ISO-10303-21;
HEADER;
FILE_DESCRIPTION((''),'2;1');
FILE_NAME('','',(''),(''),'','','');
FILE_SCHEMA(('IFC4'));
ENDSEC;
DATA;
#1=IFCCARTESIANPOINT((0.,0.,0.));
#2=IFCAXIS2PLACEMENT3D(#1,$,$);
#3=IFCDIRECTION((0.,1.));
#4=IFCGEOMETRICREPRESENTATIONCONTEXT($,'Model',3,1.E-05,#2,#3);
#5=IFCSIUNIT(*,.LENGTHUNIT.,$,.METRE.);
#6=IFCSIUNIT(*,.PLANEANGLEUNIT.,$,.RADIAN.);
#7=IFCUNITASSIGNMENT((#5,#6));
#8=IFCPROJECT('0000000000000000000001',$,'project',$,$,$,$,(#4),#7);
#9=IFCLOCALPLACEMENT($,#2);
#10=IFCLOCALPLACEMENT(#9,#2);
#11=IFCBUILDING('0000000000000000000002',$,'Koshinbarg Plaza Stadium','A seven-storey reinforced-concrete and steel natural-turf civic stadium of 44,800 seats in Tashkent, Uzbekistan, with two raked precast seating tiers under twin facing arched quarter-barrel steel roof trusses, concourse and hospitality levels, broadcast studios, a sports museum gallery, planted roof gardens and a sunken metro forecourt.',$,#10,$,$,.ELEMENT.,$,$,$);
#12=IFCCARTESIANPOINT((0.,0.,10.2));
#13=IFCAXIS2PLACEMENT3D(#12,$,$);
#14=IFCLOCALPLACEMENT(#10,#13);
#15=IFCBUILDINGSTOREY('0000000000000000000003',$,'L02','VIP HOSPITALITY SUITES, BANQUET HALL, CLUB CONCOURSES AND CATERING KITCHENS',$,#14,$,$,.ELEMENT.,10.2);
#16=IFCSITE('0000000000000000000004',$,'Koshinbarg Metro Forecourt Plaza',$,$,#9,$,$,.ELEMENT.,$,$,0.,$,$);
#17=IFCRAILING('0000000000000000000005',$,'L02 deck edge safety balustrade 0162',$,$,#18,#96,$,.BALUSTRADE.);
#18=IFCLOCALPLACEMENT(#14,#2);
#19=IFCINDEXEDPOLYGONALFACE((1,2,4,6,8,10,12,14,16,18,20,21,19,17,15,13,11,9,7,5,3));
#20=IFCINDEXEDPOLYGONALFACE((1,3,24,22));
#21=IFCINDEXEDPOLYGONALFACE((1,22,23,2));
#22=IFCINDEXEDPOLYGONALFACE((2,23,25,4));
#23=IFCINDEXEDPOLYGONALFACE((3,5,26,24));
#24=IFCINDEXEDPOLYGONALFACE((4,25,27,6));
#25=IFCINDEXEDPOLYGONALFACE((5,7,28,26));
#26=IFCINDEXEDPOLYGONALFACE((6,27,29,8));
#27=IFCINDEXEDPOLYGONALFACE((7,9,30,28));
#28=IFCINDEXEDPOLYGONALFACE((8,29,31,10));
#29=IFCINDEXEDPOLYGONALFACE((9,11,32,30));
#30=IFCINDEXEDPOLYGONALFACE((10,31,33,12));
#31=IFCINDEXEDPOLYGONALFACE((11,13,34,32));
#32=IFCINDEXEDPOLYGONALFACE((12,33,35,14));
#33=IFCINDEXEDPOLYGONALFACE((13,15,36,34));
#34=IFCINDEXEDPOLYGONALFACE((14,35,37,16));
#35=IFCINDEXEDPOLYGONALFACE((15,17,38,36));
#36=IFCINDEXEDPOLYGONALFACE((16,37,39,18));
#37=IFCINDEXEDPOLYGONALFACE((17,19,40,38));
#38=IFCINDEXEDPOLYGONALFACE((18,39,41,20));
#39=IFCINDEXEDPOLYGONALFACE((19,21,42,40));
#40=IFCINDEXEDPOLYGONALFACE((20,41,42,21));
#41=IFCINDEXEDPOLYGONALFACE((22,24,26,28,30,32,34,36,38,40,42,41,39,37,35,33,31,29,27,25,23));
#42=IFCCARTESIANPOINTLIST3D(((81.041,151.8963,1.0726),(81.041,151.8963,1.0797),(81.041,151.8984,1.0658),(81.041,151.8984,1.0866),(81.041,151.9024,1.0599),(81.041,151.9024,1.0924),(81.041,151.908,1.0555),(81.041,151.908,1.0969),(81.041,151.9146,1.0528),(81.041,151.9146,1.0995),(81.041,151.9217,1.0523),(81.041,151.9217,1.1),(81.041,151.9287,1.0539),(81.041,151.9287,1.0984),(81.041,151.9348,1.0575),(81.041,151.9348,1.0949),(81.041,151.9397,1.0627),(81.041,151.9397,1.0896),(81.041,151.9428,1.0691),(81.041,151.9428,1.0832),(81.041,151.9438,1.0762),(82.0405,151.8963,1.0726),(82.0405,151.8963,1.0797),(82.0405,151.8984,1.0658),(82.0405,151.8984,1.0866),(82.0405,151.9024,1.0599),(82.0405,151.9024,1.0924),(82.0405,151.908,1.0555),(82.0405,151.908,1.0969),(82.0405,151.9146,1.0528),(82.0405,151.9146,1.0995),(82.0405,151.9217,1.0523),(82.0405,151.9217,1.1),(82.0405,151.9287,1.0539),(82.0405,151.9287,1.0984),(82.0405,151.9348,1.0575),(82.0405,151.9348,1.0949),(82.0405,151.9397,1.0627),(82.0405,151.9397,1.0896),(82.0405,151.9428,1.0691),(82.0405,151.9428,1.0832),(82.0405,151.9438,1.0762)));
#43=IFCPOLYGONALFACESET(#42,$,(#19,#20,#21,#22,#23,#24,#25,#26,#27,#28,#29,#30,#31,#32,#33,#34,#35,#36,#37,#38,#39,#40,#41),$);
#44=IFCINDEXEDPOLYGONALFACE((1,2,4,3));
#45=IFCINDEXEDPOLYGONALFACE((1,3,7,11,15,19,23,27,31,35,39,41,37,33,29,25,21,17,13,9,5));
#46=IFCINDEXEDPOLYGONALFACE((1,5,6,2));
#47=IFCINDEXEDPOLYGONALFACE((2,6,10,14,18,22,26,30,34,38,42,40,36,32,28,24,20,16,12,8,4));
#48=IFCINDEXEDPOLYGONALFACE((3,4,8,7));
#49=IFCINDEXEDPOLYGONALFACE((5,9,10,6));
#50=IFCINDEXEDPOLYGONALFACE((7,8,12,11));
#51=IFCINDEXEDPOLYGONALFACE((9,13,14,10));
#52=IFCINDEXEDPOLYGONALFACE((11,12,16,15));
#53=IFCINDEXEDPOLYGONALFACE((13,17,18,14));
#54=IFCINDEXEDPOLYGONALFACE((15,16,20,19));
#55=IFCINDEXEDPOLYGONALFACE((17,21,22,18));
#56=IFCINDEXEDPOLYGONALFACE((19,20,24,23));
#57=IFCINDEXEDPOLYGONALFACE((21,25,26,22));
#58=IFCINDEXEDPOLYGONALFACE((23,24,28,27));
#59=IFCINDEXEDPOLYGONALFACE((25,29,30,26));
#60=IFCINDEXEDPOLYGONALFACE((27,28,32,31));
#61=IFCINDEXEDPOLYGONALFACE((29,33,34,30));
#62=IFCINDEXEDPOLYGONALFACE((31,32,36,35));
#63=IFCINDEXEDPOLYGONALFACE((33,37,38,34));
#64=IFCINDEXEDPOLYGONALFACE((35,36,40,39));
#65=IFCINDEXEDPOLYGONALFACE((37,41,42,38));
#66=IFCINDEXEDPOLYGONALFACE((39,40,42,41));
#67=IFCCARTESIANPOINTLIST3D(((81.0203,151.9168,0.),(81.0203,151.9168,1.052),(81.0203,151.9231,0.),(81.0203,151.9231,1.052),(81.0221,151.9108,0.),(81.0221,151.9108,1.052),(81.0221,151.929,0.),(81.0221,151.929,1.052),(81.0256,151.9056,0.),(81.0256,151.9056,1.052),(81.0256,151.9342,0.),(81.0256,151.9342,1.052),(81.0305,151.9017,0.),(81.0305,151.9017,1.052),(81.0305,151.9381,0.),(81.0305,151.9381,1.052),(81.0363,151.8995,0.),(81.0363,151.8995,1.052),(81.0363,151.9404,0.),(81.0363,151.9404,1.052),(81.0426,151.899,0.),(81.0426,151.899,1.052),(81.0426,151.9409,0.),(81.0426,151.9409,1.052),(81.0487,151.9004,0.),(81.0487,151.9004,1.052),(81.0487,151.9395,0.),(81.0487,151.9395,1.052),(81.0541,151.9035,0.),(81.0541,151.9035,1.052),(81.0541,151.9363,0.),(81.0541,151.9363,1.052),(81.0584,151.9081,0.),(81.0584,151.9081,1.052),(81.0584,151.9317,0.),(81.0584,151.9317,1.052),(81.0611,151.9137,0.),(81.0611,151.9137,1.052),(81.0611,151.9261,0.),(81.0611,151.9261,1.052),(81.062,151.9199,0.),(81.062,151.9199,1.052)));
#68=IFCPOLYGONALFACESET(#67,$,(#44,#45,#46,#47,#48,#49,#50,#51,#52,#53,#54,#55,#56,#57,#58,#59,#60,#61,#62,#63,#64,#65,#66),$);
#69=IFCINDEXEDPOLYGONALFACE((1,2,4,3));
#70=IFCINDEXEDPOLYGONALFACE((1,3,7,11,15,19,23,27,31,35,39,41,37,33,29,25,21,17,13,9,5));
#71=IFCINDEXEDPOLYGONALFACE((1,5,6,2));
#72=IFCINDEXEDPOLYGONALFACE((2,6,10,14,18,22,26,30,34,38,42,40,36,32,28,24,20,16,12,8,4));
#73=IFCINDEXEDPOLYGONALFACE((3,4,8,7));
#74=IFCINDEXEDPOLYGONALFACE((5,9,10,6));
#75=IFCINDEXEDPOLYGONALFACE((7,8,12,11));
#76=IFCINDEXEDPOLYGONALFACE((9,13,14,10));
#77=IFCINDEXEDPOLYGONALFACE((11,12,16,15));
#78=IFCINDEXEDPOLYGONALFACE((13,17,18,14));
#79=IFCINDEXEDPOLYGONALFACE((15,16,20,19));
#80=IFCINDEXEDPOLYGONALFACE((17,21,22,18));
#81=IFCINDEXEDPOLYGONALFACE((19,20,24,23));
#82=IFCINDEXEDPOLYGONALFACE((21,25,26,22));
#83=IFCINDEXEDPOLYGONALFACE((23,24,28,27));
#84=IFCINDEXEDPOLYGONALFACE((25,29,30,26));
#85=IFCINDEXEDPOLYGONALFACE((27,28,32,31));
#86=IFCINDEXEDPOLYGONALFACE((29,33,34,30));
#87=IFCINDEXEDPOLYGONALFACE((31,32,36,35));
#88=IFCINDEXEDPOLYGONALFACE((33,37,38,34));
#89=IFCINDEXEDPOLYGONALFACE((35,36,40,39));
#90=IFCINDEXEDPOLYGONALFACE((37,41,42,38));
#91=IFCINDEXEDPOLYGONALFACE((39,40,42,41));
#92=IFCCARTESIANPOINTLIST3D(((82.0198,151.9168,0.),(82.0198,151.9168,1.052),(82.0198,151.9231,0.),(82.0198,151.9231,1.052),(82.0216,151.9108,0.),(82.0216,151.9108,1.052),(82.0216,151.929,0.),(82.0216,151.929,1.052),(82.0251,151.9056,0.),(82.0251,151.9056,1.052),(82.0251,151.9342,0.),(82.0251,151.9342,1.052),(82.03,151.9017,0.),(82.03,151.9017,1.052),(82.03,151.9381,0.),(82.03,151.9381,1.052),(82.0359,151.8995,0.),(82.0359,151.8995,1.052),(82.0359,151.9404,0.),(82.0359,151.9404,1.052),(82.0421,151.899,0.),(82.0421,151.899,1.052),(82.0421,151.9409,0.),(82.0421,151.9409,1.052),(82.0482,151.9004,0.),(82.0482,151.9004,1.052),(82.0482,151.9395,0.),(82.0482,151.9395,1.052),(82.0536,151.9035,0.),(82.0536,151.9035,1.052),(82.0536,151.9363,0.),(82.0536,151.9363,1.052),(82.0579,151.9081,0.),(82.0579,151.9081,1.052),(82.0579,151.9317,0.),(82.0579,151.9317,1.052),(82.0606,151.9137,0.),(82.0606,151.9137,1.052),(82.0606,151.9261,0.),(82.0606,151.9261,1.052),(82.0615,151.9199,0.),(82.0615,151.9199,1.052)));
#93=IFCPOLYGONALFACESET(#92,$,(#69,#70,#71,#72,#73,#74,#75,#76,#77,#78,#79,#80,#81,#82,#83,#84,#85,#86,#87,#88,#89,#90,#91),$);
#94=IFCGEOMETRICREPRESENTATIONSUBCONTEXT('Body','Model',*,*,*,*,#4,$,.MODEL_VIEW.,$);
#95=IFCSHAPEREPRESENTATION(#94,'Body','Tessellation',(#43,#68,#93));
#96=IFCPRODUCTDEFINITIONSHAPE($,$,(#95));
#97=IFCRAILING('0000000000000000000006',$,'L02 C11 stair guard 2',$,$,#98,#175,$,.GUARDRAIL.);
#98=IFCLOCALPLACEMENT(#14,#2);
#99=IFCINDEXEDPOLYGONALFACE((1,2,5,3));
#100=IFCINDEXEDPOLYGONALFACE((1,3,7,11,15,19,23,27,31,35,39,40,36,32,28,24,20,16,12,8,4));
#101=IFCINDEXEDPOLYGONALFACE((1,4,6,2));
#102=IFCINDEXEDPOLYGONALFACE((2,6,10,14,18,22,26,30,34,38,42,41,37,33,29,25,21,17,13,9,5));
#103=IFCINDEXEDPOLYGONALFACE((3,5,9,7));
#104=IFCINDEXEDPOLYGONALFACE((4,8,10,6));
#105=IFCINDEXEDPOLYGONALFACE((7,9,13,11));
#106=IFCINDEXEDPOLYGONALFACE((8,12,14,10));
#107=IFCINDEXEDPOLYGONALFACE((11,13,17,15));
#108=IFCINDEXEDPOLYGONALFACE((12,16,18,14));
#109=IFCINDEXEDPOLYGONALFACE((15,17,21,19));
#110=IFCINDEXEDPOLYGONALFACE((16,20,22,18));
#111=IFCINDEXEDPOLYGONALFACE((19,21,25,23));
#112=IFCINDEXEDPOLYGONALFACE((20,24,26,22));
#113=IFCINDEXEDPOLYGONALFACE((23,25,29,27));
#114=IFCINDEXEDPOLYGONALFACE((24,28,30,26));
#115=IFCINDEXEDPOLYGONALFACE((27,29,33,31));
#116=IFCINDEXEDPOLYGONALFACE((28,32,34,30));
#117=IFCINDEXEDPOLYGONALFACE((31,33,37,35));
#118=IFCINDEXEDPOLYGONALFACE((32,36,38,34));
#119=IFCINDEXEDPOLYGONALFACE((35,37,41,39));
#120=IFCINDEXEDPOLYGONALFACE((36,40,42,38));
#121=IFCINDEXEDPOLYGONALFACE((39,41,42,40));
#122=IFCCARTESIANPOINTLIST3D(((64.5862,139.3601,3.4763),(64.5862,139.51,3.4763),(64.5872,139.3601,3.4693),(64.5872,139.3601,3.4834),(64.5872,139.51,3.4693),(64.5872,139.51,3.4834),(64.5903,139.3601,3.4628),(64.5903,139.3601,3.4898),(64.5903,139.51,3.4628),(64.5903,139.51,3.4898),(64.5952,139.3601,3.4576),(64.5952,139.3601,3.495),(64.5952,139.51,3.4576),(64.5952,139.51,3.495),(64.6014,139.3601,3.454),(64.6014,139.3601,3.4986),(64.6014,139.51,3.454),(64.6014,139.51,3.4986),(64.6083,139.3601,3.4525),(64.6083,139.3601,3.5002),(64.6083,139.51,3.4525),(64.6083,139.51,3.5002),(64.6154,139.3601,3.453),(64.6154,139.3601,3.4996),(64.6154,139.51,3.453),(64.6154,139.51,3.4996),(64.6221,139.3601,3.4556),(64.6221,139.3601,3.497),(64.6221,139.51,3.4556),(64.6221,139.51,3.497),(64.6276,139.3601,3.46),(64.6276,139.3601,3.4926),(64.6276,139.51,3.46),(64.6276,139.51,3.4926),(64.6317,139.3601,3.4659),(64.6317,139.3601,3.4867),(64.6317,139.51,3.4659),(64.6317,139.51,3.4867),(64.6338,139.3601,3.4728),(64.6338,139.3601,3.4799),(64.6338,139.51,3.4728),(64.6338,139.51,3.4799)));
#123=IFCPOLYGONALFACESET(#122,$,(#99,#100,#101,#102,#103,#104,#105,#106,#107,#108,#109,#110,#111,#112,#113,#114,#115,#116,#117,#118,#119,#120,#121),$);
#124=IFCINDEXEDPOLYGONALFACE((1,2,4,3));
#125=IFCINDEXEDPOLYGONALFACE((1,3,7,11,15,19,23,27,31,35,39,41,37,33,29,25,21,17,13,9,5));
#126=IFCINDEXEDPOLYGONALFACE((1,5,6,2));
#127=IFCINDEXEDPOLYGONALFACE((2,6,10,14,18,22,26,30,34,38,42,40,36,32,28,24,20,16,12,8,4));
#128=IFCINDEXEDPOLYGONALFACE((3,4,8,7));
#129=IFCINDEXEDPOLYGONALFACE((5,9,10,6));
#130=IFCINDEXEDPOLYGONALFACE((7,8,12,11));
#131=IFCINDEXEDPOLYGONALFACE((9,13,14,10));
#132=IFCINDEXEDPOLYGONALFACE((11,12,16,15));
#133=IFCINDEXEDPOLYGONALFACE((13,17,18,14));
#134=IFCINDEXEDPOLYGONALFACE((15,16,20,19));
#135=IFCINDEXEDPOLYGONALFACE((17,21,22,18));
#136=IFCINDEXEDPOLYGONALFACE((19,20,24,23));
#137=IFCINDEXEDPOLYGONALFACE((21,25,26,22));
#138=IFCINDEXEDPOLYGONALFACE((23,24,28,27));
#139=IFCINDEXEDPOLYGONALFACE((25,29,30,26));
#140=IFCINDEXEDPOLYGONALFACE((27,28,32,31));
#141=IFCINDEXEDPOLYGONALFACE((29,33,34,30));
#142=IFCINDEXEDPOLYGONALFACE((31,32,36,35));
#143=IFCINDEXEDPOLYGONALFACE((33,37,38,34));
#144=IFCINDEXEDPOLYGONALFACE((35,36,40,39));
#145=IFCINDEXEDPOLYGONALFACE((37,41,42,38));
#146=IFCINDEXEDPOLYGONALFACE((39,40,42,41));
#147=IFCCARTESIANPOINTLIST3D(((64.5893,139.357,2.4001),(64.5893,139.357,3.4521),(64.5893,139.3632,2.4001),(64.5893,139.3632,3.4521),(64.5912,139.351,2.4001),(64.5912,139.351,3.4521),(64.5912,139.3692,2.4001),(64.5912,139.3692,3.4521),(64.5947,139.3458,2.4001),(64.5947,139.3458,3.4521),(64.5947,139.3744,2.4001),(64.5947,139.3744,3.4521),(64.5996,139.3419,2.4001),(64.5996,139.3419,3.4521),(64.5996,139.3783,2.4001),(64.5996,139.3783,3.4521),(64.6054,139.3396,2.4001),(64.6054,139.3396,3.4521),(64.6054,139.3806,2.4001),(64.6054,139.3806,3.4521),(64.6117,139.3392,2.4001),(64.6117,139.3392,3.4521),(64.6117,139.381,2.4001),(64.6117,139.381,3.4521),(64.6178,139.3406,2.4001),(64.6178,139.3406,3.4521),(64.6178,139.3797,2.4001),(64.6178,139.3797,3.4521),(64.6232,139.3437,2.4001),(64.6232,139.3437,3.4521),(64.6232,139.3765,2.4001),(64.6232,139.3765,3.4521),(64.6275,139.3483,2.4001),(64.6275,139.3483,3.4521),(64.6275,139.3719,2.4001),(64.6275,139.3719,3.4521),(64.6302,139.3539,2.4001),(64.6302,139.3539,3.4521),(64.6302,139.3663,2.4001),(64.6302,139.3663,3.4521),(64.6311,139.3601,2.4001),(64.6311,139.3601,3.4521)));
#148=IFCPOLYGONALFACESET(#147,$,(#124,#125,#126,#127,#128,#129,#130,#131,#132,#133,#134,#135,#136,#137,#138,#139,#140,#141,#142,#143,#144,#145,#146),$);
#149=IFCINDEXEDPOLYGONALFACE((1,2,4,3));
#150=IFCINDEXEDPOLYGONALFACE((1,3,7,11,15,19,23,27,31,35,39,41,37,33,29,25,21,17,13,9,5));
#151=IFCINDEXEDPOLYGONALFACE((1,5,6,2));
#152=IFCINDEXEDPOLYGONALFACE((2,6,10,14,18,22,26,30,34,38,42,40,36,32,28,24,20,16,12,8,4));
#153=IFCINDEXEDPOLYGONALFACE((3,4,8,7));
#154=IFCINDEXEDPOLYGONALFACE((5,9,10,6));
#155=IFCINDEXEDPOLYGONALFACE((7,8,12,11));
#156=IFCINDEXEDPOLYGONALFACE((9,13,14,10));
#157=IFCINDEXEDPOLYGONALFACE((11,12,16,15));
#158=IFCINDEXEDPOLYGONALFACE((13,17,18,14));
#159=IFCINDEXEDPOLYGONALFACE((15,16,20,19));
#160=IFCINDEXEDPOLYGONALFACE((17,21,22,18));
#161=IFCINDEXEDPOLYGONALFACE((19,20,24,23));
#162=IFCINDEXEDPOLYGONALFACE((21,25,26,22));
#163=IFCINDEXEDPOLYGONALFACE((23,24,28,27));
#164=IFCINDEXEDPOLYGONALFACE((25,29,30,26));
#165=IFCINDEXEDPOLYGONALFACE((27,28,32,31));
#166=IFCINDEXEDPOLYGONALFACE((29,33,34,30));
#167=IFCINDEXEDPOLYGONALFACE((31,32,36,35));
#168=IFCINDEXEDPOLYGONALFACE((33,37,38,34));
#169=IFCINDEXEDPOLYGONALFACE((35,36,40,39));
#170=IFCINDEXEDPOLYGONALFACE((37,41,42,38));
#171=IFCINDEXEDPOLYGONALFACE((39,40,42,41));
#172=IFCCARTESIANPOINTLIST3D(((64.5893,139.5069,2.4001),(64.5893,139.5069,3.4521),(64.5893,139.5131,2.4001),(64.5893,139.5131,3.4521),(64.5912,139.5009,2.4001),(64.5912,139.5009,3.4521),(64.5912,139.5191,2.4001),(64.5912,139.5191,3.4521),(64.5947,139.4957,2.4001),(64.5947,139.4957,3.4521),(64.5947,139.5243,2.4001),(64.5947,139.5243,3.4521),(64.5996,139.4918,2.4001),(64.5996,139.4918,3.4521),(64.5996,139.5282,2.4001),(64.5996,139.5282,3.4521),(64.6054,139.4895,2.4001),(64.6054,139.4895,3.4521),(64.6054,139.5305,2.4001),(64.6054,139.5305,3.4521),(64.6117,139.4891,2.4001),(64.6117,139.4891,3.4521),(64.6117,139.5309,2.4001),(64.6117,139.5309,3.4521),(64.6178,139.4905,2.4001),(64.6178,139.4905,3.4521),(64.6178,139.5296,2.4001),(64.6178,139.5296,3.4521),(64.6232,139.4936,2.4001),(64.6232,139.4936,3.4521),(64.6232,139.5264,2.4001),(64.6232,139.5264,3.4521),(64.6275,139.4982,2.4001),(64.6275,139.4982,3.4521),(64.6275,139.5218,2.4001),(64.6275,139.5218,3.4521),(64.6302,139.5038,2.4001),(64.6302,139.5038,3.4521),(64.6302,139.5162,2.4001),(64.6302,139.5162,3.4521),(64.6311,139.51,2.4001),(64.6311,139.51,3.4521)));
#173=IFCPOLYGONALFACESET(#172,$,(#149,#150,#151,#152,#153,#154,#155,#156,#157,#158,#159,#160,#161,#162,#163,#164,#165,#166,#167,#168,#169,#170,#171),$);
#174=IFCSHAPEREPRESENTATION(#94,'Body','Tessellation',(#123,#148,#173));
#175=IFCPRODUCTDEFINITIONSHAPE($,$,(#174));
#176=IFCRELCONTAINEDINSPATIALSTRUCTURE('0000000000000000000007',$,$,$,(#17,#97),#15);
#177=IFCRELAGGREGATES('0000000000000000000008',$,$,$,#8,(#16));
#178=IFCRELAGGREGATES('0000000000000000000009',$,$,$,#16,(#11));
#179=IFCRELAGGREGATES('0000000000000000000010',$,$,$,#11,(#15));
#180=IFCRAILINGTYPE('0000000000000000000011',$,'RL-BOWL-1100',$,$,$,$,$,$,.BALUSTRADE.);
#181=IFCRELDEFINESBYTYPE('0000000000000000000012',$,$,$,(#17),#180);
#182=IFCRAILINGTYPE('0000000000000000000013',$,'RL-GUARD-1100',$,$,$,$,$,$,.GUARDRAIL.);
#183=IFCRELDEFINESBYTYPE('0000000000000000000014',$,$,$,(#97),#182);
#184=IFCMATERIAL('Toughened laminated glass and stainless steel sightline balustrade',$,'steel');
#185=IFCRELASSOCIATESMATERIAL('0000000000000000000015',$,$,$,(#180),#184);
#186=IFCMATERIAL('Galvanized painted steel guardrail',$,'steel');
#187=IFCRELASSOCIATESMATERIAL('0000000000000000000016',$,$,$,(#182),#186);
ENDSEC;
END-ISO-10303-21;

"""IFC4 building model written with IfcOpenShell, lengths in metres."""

from ifc_helpers import new_model, si_unit, direction, frame, origin, origin_2d, place, context, subcontext, project, spatial, circle, extrude, material, type_object, element, save


model = new_model("IFC4")

# Units and contexts
model_context = context("Model", 3, precision=1e-05, world=origin(), true_north=direction((0.0, 1.0)))
body_context = subcontext(model_context, "Body", "Model", "MODEL_VIEW")
ifc_project = project(units=[si_unit("LENGTHUNIT", "METRE"), si_unit("PLANEANGLEUNIT", "RADIAN")], contexts=[model_context])

# Site, building, storey
site_placement = place(None, origin())
site = spatial("IfcSite", under=ifc_project, at=site_placement, Name="Koshinbarg Metro Forecourt Plaza", CompositionType="ELEMENT", RefElevation=0.0)
building_placement = place(site_placement, origin())
building = spatial("IfcBuilding", under=site, at=building_placement, Name="Koshinbarg Plaza Stadium", Description="A seven-storey reinforced-concrete and steel natural-turf civic stadium of 44,800 seats in Tashkent, Uzbekistan, with two raked precast seating tiers under twin facing arched quarter-barrel steel roof trusses, concourse and hospitality levels, broadcast studios, a sports museum gallery, planted roof gardens and a sunken metro forecourt.", CompositionType="ELEMENT")
storey_placement = place(building_placement, frame((0.0, 0.0, 10.2)))
storey = spatial("IfcBuildingStorey", under=building, at=storey_placement, Name="L02", Description="VIP HOSPITALITY SUITES, BANQUET HALL, CLUB CONCOURSES AND CATERING KITCHENS", CompositionType="ELEMENT", Elevation=10.2)

# Railings
ifc_material_1 = material(Name="Toughened laminated glass and stainless steel sightline balustrade", Category="steel")
railing_type_1 = type_object("IfcRailingType", Name="RL-BOWL-1100", PredefinedType="BALUSTRADE", material=ifc_material_1)
railing_1_placement = place(storey_placement, frame((81.041, 151.9199, 0.0)))
element("IfcRailing", 1, at=railing_1_placement, inside=storey, type_object=railing_type_1, Name="L02 deck edge safety balustrade 0162", PredefinedType="BALUSTRADE", context=body_context, shape_type="SweptSolid", body=[
    extrude(circle(Radius=0.0239, at=origin_2d()), frame((0.0, 0.0, 1.0762), z_axis=(1.0, 0.0, 0.0), x_axis=(0.0, 1.0, 0.0)), (0.0, 0.0, 1.0), 0.9995),
    extrude(circle(Radius=0.021, at=origin_2d()), origin(), (0.0, 0.0, 1.0), 1.052),
    extrude(circle(Radius=0.021, at=origin_2d()), frame((0.9995, 0.0, 0.0)), (0.0, 0.0, 1.0), 1.052),
])
ifc_material_2 = material(Name="Galvanized painted steel guardrail", Category="steel")
railing_type_2 = type_object("IfcRailingType", Name="RL-GUARD-1100", PredefinedType="GUARDRAIL", material=ifc_material_2)
railing_2_placement = place(storey_placement, frame((64.6101, 139.3601, 2.4001)))
element("IfcRailing", 2, at=railing_2_placement, inside=storey, type_object=railing_type_2, Name="L02 C11 stair guard 2", PredefinedType="GUARDRAIL", context=body_context, shape_type="SweptSolid", body=[
    extrude(circle(Radius=0.0239, at=origin_2d()), frame((0.0, 0.0, 1.0762), z_axis=(0.0, 1.0, 0.0), x_axis=(-1.0, 0.0, 0.0)), (0.0, 0.0, 1.0), 0.1499),
    extrude(circle(Radius=0.021, at=origin_2d()), origin(), (0.0, 0.0, 1.0), 1.052),
    extrude(circle(Radius=0.021, at=origin_2d()), frame((0.0, 0.1499, 0.0)), (0.0, 0.0, 1.0), 1.052),
])

save(model, "model.ifc")
